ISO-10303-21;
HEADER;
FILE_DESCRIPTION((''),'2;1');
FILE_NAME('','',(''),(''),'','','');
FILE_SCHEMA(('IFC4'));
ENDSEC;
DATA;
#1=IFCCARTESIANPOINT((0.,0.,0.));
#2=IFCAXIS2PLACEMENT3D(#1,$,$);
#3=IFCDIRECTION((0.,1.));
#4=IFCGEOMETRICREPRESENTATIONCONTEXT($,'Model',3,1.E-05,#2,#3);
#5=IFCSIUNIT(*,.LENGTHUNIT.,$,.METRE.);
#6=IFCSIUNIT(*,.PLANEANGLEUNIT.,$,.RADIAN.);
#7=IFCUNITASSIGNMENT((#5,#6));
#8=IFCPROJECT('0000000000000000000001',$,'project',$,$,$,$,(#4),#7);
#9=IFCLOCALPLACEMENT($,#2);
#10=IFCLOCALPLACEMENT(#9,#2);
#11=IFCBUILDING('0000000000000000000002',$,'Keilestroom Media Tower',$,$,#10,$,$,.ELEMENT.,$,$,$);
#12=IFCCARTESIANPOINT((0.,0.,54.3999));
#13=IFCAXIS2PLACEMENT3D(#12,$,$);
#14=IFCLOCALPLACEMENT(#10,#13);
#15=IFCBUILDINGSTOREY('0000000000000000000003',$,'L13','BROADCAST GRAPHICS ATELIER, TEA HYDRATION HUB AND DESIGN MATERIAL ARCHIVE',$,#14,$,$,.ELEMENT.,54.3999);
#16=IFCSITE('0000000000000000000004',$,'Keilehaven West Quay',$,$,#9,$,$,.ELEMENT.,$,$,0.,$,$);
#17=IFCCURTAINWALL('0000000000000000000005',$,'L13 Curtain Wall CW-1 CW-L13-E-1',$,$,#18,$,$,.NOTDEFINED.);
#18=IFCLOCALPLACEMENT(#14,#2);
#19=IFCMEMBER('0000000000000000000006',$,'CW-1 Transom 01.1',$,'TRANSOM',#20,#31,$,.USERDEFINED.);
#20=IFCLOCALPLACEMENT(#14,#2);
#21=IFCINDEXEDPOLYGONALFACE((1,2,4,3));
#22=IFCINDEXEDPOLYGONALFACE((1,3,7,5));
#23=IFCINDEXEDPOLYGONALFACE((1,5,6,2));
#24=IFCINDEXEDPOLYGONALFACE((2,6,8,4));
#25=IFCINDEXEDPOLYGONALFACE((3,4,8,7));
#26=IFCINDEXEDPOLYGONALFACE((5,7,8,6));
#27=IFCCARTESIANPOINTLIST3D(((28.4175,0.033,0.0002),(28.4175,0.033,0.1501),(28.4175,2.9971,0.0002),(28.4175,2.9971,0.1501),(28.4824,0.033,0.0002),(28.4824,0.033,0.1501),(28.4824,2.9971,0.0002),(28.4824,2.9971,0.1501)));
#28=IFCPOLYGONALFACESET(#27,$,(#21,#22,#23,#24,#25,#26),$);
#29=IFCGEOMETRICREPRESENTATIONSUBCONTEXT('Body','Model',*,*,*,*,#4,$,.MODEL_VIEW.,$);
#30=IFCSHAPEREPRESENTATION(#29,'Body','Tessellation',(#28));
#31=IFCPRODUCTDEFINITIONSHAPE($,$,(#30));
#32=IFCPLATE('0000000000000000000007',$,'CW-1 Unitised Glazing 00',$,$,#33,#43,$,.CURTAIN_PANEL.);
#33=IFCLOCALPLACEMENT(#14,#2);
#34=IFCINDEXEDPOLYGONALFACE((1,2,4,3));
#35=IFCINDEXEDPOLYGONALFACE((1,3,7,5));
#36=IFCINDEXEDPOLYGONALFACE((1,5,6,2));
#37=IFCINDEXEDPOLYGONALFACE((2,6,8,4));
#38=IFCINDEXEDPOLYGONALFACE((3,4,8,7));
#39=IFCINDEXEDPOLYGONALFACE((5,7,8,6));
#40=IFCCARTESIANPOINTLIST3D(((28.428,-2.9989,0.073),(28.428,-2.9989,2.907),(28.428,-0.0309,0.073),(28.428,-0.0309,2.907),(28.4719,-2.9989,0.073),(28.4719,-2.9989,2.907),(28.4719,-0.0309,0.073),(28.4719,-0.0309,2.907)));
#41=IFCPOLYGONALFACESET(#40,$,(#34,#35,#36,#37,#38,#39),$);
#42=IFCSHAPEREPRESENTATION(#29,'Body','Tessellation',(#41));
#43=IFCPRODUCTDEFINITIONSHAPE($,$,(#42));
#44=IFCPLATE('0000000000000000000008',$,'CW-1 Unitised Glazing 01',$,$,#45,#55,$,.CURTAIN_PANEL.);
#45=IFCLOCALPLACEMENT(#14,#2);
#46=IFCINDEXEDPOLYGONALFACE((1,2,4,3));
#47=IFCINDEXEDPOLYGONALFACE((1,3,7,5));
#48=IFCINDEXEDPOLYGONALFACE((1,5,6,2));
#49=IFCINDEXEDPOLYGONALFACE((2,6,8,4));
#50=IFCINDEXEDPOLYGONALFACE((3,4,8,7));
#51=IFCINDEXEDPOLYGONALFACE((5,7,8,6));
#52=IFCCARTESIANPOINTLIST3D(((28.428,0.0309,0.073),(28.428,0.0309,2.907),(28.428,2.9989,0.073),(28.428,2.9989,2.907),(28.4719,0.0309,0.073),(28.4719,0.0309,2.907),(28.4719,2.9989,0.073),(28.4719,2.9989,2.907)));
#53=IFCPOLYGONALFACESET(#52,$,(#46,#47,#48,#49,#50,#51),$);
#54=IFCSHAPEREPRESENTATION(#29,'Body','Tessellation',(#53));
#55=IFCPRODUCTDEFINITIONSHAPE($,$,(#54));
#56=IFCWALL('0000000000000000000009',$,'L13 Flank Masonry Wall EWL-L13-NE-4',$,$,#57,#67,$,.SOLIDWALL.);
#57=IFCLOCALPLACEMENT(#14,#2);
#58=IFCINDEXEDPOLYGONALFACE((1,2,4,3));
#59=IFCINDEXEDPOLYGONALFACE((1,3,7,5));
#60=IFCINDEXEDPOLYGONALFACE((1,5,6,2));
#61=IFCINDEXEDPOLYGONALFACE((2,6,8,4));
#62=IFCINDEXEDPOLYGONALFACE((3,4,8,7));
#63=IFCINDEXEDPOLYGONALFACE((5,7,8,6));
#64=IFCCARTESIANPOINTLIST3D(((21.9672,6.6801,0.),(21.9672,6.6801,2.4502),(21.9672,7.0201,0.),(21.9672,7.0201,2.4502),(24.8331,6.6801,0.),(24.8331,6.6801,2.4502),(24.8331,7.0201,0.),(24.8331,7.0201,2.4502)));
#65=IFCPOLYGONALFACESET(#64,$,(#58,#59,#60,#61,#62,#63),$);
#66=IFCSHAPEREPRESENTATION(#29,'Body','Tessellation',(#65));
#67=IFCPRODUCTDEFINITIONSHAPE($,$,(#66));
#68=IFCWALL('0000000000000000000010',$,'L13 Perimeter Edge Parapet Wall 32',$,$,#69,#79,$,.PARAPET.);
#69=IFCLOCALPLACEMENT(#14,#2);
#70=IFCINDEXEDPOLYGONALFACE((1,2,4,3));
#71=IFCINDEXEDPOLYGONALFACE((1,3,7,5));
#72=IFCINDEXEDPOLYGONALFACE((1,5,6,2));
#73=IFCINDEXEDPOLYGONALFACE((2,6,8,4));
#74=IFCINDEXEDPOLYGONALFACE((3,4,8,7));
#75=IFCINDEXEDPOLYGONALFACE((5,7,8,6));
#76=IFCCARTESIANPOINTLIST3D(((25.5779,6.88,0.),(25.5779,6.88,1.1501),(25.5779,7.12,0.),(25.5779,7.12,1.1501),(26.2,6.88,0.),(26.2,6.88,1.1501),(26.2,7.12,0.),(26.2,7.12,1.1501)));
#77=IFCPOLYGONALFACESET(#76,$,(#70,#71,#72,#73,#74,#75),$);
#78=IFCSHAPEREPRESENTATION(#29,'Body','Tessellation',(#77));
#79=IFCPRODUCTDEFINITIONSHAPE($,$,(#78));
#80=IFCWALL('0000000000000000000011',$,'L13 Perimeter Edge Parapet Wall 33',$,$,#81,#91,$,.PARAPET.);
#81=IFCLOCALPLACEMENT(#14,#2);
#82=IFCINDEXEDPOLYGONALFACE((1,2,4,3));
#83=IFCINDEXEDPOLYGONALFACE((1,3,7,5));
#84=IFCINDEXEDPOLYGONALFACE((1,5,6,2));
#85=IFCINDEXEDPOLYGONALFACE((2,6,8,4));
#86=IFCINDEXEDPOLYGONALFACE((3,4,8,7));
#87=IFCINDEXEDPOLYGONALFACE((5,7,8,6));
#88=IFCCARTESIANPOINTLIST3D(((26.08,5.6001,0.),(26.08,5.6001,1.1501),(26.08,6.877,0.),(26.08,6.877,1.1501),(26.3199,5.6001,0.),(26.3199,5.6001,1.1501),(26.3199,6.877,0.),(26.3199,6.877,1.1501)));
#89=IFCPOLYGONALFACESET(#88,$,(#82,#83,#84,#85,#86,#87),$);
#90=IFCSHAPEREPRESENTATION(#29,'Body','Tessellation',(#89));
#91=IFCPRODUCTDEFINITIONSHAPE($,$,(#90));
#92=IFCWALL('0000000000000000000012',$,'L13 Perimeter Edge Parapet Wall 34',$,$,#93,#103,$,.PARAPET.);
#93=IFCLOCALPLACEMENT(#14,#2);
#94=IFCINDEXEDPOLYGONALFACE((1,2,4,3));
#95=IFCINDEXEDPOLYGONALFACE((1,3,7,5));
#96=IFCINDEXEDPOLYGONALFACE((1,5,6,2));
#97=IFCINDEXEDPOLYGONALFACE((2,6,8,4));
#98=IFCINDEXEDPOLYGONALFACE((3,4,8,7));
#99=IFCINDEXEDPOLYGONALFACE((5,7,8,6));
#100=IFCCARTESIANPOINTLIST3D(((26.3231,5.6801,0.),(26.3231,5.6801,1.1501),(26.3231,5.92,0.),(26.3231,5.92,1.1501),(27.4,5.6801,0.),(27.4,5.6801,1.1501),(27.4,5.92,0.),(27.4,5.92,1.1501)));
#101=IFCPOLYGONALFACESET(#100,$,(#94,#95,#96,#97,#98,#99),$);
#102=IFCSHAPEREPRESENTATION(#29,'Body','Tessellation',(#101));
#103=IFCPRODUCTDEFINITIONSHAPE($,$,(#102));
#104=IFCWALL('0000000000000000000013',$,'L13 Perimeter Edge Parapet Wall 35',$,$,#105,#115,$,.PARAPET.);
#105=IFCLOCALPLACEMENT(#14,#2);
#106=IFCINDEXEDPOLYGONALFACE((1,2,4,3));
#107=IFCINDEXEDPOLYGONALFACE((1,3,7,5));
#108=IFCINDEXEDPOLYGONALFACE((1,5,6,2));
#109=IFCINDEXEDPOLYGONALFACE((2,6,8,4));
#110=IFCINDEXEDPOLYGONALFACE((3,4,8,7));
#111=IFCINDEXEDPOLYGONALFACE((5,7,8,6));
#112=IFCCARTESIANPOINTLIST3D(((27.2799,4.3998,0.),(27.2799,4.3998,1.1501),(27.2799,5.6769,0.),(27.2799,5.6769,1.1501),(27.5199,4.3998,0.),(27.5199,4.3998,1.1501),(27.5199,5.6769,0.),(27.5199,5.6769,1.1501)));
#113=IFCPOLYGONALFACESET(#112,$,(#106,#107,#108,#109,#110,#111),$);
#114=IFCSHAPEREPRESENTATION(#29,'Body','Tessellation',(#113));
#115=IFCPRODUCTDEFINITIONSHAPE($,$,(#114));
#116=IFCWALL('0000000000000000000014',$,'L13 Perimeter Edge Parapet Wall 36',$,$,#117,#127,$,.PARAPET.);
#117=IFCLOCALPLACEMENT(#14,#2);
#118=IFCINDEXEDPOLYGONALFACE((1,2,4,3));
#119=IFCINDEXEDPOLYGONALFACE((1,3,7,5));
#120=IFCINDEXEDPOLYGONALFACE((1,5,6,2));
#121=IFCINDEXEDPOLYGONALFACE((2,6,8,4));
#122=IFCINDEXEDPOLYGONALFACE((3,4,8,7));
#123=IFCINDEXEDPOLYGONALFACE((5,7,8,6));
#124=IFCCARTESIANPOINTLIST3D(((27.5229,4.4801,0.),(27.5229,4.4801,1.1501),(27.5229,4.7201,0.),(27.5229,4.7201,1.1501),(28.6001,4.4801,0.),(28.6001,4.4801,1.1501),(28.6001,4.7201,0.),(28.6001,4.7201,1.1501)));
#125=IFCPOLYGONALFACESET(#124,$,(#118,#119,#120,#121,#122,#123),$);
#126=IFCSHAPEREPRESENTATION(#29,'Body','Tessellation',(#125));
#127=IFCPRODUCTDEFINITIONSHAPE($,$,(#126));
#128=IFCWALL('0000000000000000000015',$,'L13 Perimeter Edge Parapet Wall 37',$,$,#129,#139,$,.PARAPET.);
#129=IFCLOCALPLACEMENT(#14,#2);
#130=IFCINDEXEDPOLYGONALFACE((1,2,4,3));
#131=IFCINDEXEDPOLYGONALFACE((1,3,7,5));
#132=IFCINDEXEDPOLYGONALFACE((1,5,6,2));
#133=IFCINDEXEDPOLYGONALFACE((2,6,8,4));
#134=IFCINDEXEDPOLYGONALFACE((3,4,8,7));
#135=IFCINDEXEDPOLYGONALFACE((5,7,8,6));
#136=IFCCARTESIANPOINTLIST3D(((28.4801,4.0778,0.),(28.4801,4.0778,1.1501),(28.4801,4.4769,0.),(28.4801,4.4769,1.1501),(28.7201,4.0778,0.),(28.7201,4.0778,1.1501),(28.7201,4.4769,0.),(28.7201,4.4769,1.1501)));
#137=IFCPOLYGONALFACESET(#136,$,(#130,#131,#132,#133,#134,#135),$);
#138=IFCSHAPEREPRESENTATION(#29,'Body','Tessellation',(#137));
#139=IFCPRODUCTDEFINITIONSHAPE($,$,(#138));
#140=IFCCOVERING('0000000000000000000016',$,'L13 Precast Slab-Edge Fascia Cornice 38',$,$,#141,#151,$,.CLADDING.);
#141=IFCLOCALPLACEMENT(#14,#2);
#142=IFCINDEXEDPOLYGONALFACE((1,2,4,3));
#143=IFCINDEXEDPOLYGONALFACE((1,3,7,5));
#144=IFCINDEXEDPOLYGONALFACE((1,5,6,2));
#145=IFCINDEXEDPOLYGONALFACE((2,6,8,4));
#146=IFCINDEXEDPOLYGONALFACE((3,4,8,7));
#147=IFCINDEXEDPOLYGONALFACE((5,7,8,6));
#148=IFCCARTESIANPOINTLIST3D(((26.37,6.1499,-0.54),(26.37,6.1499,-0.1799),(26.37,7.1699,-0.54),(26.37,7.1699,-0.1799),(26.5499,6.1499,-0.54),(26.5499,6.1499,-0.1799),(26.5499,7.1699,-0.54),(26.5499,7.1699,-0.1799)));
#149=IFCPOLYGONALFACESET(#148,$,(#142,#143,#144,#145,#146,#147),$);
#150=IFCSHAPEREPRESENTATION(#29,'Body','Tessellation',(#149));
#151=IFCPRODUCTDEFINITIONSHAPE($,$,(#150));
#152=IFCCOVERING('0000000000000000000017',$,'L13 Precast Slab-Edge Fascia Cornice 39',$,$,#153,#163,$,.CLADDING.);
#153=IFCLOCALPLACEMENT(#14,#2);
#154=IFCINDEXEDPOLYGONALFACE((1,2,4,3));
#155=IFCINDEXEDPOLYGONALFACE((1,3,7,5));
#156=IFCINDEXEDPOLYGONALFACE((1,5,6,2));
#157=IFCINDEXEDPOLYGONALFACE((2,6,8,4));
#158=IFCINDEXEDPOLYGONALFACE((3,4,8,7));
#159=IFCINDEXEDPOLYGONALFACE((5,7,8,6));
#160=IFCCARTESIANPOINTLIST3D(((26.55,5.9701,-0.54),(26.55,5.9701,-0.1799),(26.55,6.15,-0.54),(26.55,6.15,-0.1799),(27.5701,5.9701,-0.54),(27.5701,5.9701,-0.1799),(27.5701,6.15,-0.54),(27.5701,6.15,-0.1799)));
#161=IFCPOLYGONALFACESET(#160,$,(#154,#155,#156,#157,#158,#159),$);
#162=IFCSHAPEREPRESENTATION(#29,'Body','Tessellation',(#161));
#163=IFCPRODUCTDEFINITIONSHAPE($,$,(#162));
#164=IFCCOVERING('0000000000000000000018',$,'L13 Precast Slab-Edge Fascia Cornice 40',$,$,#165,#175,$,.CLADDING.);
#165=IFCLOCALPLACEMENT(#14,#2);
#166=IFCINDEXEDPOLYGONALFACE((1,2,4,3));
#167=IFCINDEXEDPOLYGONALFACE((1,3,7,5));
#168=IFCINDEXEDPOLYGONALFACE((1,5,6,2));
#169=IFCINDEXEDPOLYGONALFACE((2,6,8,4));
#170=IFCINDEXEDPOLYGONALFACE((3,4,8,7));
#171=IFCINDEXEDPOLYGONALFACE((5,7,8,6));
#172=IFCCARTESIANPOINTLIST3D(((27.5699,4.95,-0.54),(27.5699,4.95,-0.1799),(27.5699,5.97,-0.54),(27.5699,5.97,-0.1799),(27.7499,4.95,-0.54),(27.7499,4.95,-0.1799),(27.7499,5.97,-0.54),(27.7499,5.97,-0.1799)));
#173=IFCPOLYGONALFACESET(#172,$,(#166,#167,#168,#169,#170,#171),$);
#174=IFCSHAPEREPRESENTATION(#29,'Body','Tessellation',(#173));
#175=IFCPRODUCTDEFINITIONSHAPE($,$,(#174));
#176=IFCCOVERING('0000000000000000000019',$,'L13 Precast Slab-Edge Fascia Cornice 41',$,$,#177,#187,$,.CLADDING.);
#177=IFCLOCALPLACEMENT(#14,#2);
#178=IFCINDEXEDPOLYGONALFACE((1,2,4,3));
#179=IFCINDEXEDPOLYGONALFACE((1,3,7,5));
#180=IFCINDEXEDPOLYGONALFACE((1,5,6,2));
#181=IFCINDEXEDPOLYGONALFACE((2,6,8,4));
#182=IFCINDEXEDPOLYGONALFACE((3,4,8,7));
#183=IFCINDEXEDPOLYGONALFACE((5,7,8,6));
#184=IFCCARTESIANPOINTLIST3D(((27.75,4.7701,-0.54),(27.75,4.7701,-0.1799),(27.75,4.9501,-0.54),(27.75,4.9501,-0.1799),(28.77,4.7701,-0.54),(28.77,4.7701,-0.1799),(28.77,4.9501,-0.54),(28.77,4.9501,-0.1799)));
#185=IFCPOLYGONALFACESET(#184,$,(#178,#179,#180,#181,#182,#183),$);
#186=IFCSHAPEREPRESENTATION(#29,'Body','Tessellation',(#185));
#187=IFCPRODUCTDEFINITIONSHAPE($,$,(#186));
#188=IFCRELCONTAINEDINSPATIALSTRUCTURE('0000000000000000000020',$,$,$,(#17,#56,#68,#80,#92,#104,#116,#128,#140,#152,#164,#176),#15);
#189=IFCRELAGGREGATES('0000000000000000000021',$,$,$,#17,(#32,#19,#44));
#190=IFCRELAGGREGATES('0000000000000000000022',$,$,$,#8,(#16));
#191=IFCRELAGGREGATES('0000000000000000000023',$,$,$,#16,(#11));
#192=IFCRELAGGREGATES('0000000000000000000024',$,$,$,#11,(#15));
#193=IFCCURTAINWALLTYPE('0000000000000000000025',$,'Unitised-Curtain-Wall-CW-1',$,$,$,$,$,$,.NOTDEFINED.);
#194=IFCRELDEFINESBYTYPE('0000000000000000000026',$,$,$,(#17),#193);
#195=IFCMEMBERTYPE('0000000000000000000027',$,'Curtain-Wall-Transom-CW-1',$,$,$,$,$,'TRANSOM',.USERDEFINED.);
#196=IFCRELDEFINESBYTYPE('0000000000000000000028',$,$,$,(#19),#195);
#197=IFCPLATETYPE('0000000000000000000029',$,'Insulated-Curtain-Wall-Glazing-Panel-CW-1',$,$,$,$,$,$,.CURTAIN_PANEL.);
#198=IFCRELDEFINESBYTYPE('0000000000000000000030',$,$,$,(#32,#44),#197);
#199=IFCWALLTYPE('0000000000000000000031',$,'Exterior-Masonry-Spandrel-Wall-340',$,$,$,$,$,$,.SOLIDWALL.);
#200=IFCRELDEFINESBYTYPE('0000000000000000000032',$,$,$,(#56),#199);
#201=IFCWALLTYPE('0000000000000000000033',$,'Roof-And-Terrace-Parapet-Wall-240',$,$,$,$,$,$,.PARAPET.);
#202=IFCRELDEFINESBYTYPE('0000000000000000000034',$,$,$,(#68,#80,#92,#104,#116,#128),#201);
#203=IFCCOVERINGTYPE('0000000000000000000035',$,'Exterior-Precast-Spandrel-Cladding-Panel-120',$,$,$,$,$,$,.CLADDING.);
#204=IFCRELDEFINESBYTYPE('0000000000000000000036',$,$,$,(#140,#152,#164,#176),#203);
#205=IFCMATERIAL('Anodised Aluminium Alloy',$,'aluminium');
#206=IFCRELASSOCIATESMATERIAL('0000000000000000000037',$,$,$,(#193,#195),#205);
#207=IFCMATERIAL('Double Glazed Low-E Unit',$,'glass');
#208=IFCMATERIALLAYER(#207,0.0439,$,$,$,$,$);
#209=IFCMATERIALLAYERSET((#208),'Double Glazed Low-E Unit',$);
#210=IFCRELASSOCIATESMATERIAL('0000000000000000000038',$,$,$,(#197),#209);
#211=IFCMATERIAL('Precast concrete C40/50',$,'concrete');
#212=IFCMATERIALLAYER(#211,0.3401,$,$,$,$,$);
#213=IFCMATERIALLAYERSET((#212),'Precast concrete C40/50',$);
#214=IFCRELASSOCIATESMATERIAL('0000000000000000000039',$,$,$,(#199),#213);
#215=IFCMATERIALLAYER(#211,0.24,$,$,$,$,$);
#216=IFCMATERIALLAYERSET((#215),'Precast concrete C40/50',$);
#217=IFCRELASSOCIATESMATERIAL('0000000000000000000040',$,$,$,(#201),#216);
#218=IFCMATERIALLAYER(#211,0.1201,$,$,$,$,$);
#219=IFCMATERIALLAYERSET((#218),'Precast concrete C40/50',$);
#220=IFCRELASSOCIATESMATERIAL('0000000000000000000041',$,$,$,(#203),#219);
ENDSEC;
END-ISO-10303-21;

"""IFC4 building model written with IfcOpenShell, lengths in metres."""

from ifc_helpers import new_model, si_unit, direction, frame, frame_2d, origin, origin_2d, place, context, subcontext, project, spatial, rectangle, extrude, source, transform, mapped, material, layer, layer_set, material_profile, profile_set, type_object, element, aggregate, save


model = new_model("IFC4")

# Units and contexts
model_context = context("Model", 3, precision=1e-05, world=origin(), true_north=direction((0.0, 1.0)))
body_context = subcontext(model_context, "Body", "Model", "MODEL_VIEW")
ifc_project = project(units=[si_unit("LENGTHUNIT", "METRE"), si_unit("PLANEANGLEUNIT", "RADIAN")], contexts=[model_context])

# Site, building, storey
site_placement = place(None, origin())
site = spatial("IfcSite", under=ifc_project, at=site_placement, Name="Keilehaven West Quay", CompositionType="ELEMENT", RefElevation=0.0)
building_placement = place(site_placement, origin())
building = spatial("IfcBuilding", under=site, at=building_placement, Name="Keilestroom Media Tower", CompositionType="ELEMENT")
storey_placement = place(building_placement, frame((0.0, 0.0, 54.3999)))
storey = spatial("IfcBuildingStorey", under=building, at=storey_placement, Name="L13", Description="BROADCAST GRAPHICS ATELIER, TEA HYDRATION HUB AND DESIGN MATERIAL ARCHIVE", CompositionType="ELEMENT", Elevation=54.3999)

# Shared definitions
ifc_material_1 = material(Name="Precast concrete C40/50", Category="concrete")

# Curtain wall, member, plates
ifc_material_2 = material(Name="Anodised Aluminium Alloy", Category="aluminium")
curtain_wall_type = type_object("IfcCurtainWallType", Name="Unitised-Curtain-Wall-CW-1", PredefinedType="NOTDEFINED", material=ifc_material_2)
curtain_wall_placement = place(storey_placement, origin())
curtain_wall = element("IfcCurtainWall", 1, at=curtain_wall_placement, inside=storey, type_object=curtain_wall_type, Name="L13 Curtain Wall CW-1 CW-L13-E-1", PredefinedType="NOTDEFINED")
ifc_material_profile_1 = material_profile(ifc_material_2, rectangle(XDim=0.0649, YDim=0.1499, at=origin_2d()), Name="ALU TRANSOM 65x150")
ifc_profile_set_1 = profile_set([ifc_material_profile_1], Name="Anodised Aluminium Alloy")
member_type_1 = type_object("IfcMemberType", Name="Curtain-Wall-Transom-CW-1", ElementType="TRANSOM", PredefinedType="USERDEFINED", material=ifc_profile_set_1)
shared_shape_1 = source(origin(), body_context, "Body", "SweptSolid", [
    extrude(rectangle(XDim=0.0649, YDim=0.1499, at=origin_2d()), origin(), (0.0, 0.0, 1.0), 2.9641),
])
member_1_placement = place(storey_placement, frame((28.45, 0.033, 0.0752), z_axis=(0.0, 1.0, 0.0), x_axis=(-1.0, 0.0, 0.0)))
member_1 = element("IfcMember", 2, at=member_1_placement, type_object=member_type_1, Name="CW-1 Transom 01.1", ObjectType="TRANSOM", PredefinedType="USERDEFINED", context=body_context, shape_type="MappedRepresentation", body=[
    mapped(shared_shape_1, transform((0.0, 0.0, 0.0), x_axis=(1.0, 0.0, 0.0), y_axis=(0.0, 1.0, 0.0), z_axis=(0.0, 0.0, 1.0), scale=1.0)),
])
ifc_material_3 = material(Name="Double Glazed Low-E Unit", Category="glass")
ifc_layer_1 = layer(ifc_material_3, 0.0439)
ifc_layer_set_1 = layer_set([ifc_layer_1], Name="Double Glazed Low-E Unit")
plate_type = type_object("IfcPlateType", Name="Insulated-Curtain-Wall-Glazing-Panel-CW-1", PredefinedType="CURTAIN_PANEL", material=ifc_layer_set_1)
shared_shape_2 = source(origin(), body_context, "Body", "SweptSolid", [
    extrude(rectangle(XDim=2.968, YDim=0.0439, at=origin_2d()), origin(), (0.0, 0.0, 1.0), 2.834),
])
plate_1_placement = place(storey_placement, frame((28.45, -1.5149, 0.073), z_axis=(0.0, 0.0, 1.0), x_axis=(0.0, 1.0, 0.0)))
plate_1 = element("IfcPlate", 3, at=plate_1_placement, type_object=plate_type, Name="CW-1 Unitised Glazing 00", PredefinedType="CURTAIN_PANEL", context=body_context, shape_type="MappedRepresentation", body=[
    mapped(shared_shape_2, transform((0.0, 0.0, 0.0), x_axis=(1.0, 0.0, 0.0), y_axis=(0.0, 1.0, 0.0), z_axis=(0.0, 0.0, 1.0), scale=1.0)),
])
plate_2_placement = place(storey_placement, frame((28.45, 1.5149, 0.073), z_axis=(0.0, 0.0, 1.0), x_axis=(0.0, 1.0, 0.0)))
plate_2 = element("IfcPlate", 4, at=plate_2_placement, type_object=plate_type, Name="CW-1 Unitised Glazing 01", PredefinedType="CURTAIN_PANEL", context=body_context, shape_type="MappedRepresentation", body=[
    mapped(shared_shape_2, transform((0.0, 0.0, 0.0), x_axis=(1.0, 0.0, 0.0), y_axis=(0.0, 1.0, 0.0), z_axis=(0.0, 0.0, 1.0), scale=1.0)),
])
aggregate(curtain_wall, [plate_1, member_1, plate_2])

# Walls
ifc_layer_2 = layer(ifc_material_1, 0.3401)
ifc_layer_set_2 = layer_set([ifc_layer_2], Name="Precast concrete C40/50")
wall_type_1 = type_object("IfcWallType", Name="Exterior-Masonry-Spandrel-Wall-340", PredefinedType="SOLIDWALL", material=ifc_layer_set_2)
wall_1_placement = place(storey_placement, frame((21.967, 6.8501, 0.0), z_axis=(0.0, 0.0, 1.0), x_axis=(1.0, 0.0, 0.0)))
element("IfcWall", 5, at=wall_1_placement, inside=storey, type_object=wall_type_1, Name="L13 Flank Masonry Wall EWL-L13-NE-4", PredefinedType="SOLIDWALL", context=body_context, shape_type="SweptSolid", body=[
    extrude(rectangle(XDim=2.866, YDim=0.3401, at=frame_2d((1.4331, 0.0))), origin(), (0.0, 0.0, 1.0), 2.4502),
])
ifc_layer_3 = layer(ifc_material_1, 0.24)
ifc_layer_set_3 = layer_set([ifc_layer_3], Name="Precast concrete C40/50")
wall_type_2 = type_object("IfcWallType", Name="Roof-And-Terrace-Parapet-Wall-240", PredefinedType="PARAPET", material=ifc_layer_set_3)
wall_2_placement = place(storey_placement, frame((25.5779, 7.0, 0.0), z_axis=(0.0, 0.0, 1.0), x_axis=(1.0, 0.0, 0.0)))
element("IfcWall", 6, at=wall_2_placement, inside=storey, type_object=wall_type_2, Name="L13 Perimeter Edge Parapet Wall 32", PredefinedType="PARAPET", context=body_context, shape_type="SweptSolid", body=[
    extrude(rectangle(XDim=0.6221, YDim=0.24, at=frame_2d((0.311, 0.0))), origin(), (0.0, 0.0, 1.0), 1.1501),
])
wall_3_placement = place(storey_placement, frame((26.2, 6.877, 0.0), z_axis=(0.0, 0.0, 1.0), x_axis=(0.0, -1.0, 0.0)))
element("IfcWall", 7, at=wall_3_placement, inside=storey, type_object=wall_type_2, Name="L13 Perimeter Edge Parapet Wall 33", PredefinedType="PARAPET", context=body_context, shape_type="SweptSolid", body=[
    extrude(rectangle(XDim=1.2769, YDim=0.24, at=frame_2d((0.6384, 0.0))), origin(), (0.0, 0.0, 1.0), 1.1501),
])
wall_4_placement = place(storey_placement, frame((26.323, 5.8, 0.0), z_axis=(0.0, 0.0, 1.0), x_axis=(1.0, 0.0, 0.0)))
element("IfcWall", 8, at=wall_4_placement, inside=storey, type_object=wall_type_2, Name="L13 Perimeter Edge Parapet Wall 34", PredefinedType="PARAPET", context=body_context, shape_type="SweptSolid", body=[
    extrude(rectangle(XDim=1.0769, YDim=0.24, at=frame_2d((0.5386, 0.0))), origin(), (0.0, 0.0, 1.0), 1.1501),
])
wall_5_placement = place(storey_placement, frame((27.3999, 5.677, 0.0), z_axis=(0.0, 0.0, 1.0), x_axis=(0.0, -1.0, 0.0)))
element("IfcWall", 9, at=wall_5_placement, inside=storey, type_object=wall_type_2, Name="L13 Perimeter Edge Parapet Wall 35", PredefinedType="PARAPET", context=body_context, shape_type="SweptSolid", body=[
    extrude(rectangle(XDim=1.2771, YDim=0.24, at=frame_2d((0.6387, 0.0))), origin(), (0.0, 0.0, 1.0), 1.1501),
])
wall_6_placement = place(storey_placement, frame((27.5229, 4.6001, 0.0), z_axis=(0.0, 0.0, 1.0), x_axis=(1.0, 0.0, 0.0)))
element("IfcWall", 10, at=wall_6_placement, inside=storey, type_object=wall_type_2, Name="L13 Perimeter Edge Parapet Wall 36", PredefinedType="PARAPET", context=body_context, shape_type="SweptSolid", body=[
    extrude(rectangle(XDim=1.0771, YDim=0.24, at=frame_2d((0.5386, 0.0))), origin(), (0.0, 0.0, 1.0), 1.1501),
])
wall_7_placement = place(storey_placement, frame((28.6001, 4.4771, 0.0), z_axis=(0.0, 0.0, 1.0), x_axis=(0.0, -1.0, 0.0)))
element("IfcWall", 11, at=wall_7_placement, inside=storey, type_object=wall_type_2, Name="L13 Perimeter Edge Parapet Wall 37", PredefinedType="PARAPET", context=body_context, shape_type="SweptSolid", body=[
    extrude(rectangle(XDim=0.3992, YDim=0.24, at=frame_2d((0.1997, 0.0))), origin(), (0.0, 0.0, 1.0), 1.1501),
])

# Coverings
ifc_layer_4 = layer(ifc_material_1, 0.1201)
ifc_layer_set_4 = layer_set([ifc_layer_4], Name="Precast concrete C40/50")
covering_type = type_object("IfcCoveringType", Name="Exterior-Precast-Spandrel-Cladding-Panel-120", PredefinedType="CLADDING", material=ifc_layer_set_4)
shared_shape_3 = source(origin(), body_context, "Body", "SweptSolid", [
    extrude(rectangle(XDim=1.02, YDim=0.1799, at=origin_2d()), origin(), (0.0, 0.0, 1.0), 0.3601),
])
for number, where, z_axis, x_axis, name in (
    (12, (26.46, 6.6599, -0.54), (0.0, 0.0, 1.0), (0.0, -1.0, 0.0), "L13 Precast Slab-Edge Fascia Cornice 38"),
    (13, (27.0601, 6.0601, -0.54), (0.0, 0.0, 1.0), (1.0, 0.0, 0.0), "L13 Precast Slab-Edge Fascia Cornice 39"),
    (14, (27.6599, 5.46, -0.54), (0.0, 0.0, 1.0), (0.0, -1.0, 0.0), "L13 Precast Slab-Edge Fascia Cornice 40"),
    (15, (28.26, 4.8601, -0.54), (0.0, 0.0, 1.0), (1.0, 0.0, 0.0), "L13 Precast Slab-Edge Fascia Cornice 41"),
):
    element("IfcCovering", number, at=place(storey_placement, frame(where, z_axis=z_axis, x_axis=x_axis)), inside=storey, type_object=covering_type, Name=name, PredefinedType="CLADDING", context=body_context, shape_type="MappedRepresentation", body=[
        mapped(shared_shape_3, transform((0.0, 0.0, 0.0), x_axis=(1.0, 0.0, 0.0), y_axis=(0.0, 1.0, 0.0), z_axis=(0.0, 0.0, 1.0), scale=1.0)),
    ])

save(model, "model.ifc")
